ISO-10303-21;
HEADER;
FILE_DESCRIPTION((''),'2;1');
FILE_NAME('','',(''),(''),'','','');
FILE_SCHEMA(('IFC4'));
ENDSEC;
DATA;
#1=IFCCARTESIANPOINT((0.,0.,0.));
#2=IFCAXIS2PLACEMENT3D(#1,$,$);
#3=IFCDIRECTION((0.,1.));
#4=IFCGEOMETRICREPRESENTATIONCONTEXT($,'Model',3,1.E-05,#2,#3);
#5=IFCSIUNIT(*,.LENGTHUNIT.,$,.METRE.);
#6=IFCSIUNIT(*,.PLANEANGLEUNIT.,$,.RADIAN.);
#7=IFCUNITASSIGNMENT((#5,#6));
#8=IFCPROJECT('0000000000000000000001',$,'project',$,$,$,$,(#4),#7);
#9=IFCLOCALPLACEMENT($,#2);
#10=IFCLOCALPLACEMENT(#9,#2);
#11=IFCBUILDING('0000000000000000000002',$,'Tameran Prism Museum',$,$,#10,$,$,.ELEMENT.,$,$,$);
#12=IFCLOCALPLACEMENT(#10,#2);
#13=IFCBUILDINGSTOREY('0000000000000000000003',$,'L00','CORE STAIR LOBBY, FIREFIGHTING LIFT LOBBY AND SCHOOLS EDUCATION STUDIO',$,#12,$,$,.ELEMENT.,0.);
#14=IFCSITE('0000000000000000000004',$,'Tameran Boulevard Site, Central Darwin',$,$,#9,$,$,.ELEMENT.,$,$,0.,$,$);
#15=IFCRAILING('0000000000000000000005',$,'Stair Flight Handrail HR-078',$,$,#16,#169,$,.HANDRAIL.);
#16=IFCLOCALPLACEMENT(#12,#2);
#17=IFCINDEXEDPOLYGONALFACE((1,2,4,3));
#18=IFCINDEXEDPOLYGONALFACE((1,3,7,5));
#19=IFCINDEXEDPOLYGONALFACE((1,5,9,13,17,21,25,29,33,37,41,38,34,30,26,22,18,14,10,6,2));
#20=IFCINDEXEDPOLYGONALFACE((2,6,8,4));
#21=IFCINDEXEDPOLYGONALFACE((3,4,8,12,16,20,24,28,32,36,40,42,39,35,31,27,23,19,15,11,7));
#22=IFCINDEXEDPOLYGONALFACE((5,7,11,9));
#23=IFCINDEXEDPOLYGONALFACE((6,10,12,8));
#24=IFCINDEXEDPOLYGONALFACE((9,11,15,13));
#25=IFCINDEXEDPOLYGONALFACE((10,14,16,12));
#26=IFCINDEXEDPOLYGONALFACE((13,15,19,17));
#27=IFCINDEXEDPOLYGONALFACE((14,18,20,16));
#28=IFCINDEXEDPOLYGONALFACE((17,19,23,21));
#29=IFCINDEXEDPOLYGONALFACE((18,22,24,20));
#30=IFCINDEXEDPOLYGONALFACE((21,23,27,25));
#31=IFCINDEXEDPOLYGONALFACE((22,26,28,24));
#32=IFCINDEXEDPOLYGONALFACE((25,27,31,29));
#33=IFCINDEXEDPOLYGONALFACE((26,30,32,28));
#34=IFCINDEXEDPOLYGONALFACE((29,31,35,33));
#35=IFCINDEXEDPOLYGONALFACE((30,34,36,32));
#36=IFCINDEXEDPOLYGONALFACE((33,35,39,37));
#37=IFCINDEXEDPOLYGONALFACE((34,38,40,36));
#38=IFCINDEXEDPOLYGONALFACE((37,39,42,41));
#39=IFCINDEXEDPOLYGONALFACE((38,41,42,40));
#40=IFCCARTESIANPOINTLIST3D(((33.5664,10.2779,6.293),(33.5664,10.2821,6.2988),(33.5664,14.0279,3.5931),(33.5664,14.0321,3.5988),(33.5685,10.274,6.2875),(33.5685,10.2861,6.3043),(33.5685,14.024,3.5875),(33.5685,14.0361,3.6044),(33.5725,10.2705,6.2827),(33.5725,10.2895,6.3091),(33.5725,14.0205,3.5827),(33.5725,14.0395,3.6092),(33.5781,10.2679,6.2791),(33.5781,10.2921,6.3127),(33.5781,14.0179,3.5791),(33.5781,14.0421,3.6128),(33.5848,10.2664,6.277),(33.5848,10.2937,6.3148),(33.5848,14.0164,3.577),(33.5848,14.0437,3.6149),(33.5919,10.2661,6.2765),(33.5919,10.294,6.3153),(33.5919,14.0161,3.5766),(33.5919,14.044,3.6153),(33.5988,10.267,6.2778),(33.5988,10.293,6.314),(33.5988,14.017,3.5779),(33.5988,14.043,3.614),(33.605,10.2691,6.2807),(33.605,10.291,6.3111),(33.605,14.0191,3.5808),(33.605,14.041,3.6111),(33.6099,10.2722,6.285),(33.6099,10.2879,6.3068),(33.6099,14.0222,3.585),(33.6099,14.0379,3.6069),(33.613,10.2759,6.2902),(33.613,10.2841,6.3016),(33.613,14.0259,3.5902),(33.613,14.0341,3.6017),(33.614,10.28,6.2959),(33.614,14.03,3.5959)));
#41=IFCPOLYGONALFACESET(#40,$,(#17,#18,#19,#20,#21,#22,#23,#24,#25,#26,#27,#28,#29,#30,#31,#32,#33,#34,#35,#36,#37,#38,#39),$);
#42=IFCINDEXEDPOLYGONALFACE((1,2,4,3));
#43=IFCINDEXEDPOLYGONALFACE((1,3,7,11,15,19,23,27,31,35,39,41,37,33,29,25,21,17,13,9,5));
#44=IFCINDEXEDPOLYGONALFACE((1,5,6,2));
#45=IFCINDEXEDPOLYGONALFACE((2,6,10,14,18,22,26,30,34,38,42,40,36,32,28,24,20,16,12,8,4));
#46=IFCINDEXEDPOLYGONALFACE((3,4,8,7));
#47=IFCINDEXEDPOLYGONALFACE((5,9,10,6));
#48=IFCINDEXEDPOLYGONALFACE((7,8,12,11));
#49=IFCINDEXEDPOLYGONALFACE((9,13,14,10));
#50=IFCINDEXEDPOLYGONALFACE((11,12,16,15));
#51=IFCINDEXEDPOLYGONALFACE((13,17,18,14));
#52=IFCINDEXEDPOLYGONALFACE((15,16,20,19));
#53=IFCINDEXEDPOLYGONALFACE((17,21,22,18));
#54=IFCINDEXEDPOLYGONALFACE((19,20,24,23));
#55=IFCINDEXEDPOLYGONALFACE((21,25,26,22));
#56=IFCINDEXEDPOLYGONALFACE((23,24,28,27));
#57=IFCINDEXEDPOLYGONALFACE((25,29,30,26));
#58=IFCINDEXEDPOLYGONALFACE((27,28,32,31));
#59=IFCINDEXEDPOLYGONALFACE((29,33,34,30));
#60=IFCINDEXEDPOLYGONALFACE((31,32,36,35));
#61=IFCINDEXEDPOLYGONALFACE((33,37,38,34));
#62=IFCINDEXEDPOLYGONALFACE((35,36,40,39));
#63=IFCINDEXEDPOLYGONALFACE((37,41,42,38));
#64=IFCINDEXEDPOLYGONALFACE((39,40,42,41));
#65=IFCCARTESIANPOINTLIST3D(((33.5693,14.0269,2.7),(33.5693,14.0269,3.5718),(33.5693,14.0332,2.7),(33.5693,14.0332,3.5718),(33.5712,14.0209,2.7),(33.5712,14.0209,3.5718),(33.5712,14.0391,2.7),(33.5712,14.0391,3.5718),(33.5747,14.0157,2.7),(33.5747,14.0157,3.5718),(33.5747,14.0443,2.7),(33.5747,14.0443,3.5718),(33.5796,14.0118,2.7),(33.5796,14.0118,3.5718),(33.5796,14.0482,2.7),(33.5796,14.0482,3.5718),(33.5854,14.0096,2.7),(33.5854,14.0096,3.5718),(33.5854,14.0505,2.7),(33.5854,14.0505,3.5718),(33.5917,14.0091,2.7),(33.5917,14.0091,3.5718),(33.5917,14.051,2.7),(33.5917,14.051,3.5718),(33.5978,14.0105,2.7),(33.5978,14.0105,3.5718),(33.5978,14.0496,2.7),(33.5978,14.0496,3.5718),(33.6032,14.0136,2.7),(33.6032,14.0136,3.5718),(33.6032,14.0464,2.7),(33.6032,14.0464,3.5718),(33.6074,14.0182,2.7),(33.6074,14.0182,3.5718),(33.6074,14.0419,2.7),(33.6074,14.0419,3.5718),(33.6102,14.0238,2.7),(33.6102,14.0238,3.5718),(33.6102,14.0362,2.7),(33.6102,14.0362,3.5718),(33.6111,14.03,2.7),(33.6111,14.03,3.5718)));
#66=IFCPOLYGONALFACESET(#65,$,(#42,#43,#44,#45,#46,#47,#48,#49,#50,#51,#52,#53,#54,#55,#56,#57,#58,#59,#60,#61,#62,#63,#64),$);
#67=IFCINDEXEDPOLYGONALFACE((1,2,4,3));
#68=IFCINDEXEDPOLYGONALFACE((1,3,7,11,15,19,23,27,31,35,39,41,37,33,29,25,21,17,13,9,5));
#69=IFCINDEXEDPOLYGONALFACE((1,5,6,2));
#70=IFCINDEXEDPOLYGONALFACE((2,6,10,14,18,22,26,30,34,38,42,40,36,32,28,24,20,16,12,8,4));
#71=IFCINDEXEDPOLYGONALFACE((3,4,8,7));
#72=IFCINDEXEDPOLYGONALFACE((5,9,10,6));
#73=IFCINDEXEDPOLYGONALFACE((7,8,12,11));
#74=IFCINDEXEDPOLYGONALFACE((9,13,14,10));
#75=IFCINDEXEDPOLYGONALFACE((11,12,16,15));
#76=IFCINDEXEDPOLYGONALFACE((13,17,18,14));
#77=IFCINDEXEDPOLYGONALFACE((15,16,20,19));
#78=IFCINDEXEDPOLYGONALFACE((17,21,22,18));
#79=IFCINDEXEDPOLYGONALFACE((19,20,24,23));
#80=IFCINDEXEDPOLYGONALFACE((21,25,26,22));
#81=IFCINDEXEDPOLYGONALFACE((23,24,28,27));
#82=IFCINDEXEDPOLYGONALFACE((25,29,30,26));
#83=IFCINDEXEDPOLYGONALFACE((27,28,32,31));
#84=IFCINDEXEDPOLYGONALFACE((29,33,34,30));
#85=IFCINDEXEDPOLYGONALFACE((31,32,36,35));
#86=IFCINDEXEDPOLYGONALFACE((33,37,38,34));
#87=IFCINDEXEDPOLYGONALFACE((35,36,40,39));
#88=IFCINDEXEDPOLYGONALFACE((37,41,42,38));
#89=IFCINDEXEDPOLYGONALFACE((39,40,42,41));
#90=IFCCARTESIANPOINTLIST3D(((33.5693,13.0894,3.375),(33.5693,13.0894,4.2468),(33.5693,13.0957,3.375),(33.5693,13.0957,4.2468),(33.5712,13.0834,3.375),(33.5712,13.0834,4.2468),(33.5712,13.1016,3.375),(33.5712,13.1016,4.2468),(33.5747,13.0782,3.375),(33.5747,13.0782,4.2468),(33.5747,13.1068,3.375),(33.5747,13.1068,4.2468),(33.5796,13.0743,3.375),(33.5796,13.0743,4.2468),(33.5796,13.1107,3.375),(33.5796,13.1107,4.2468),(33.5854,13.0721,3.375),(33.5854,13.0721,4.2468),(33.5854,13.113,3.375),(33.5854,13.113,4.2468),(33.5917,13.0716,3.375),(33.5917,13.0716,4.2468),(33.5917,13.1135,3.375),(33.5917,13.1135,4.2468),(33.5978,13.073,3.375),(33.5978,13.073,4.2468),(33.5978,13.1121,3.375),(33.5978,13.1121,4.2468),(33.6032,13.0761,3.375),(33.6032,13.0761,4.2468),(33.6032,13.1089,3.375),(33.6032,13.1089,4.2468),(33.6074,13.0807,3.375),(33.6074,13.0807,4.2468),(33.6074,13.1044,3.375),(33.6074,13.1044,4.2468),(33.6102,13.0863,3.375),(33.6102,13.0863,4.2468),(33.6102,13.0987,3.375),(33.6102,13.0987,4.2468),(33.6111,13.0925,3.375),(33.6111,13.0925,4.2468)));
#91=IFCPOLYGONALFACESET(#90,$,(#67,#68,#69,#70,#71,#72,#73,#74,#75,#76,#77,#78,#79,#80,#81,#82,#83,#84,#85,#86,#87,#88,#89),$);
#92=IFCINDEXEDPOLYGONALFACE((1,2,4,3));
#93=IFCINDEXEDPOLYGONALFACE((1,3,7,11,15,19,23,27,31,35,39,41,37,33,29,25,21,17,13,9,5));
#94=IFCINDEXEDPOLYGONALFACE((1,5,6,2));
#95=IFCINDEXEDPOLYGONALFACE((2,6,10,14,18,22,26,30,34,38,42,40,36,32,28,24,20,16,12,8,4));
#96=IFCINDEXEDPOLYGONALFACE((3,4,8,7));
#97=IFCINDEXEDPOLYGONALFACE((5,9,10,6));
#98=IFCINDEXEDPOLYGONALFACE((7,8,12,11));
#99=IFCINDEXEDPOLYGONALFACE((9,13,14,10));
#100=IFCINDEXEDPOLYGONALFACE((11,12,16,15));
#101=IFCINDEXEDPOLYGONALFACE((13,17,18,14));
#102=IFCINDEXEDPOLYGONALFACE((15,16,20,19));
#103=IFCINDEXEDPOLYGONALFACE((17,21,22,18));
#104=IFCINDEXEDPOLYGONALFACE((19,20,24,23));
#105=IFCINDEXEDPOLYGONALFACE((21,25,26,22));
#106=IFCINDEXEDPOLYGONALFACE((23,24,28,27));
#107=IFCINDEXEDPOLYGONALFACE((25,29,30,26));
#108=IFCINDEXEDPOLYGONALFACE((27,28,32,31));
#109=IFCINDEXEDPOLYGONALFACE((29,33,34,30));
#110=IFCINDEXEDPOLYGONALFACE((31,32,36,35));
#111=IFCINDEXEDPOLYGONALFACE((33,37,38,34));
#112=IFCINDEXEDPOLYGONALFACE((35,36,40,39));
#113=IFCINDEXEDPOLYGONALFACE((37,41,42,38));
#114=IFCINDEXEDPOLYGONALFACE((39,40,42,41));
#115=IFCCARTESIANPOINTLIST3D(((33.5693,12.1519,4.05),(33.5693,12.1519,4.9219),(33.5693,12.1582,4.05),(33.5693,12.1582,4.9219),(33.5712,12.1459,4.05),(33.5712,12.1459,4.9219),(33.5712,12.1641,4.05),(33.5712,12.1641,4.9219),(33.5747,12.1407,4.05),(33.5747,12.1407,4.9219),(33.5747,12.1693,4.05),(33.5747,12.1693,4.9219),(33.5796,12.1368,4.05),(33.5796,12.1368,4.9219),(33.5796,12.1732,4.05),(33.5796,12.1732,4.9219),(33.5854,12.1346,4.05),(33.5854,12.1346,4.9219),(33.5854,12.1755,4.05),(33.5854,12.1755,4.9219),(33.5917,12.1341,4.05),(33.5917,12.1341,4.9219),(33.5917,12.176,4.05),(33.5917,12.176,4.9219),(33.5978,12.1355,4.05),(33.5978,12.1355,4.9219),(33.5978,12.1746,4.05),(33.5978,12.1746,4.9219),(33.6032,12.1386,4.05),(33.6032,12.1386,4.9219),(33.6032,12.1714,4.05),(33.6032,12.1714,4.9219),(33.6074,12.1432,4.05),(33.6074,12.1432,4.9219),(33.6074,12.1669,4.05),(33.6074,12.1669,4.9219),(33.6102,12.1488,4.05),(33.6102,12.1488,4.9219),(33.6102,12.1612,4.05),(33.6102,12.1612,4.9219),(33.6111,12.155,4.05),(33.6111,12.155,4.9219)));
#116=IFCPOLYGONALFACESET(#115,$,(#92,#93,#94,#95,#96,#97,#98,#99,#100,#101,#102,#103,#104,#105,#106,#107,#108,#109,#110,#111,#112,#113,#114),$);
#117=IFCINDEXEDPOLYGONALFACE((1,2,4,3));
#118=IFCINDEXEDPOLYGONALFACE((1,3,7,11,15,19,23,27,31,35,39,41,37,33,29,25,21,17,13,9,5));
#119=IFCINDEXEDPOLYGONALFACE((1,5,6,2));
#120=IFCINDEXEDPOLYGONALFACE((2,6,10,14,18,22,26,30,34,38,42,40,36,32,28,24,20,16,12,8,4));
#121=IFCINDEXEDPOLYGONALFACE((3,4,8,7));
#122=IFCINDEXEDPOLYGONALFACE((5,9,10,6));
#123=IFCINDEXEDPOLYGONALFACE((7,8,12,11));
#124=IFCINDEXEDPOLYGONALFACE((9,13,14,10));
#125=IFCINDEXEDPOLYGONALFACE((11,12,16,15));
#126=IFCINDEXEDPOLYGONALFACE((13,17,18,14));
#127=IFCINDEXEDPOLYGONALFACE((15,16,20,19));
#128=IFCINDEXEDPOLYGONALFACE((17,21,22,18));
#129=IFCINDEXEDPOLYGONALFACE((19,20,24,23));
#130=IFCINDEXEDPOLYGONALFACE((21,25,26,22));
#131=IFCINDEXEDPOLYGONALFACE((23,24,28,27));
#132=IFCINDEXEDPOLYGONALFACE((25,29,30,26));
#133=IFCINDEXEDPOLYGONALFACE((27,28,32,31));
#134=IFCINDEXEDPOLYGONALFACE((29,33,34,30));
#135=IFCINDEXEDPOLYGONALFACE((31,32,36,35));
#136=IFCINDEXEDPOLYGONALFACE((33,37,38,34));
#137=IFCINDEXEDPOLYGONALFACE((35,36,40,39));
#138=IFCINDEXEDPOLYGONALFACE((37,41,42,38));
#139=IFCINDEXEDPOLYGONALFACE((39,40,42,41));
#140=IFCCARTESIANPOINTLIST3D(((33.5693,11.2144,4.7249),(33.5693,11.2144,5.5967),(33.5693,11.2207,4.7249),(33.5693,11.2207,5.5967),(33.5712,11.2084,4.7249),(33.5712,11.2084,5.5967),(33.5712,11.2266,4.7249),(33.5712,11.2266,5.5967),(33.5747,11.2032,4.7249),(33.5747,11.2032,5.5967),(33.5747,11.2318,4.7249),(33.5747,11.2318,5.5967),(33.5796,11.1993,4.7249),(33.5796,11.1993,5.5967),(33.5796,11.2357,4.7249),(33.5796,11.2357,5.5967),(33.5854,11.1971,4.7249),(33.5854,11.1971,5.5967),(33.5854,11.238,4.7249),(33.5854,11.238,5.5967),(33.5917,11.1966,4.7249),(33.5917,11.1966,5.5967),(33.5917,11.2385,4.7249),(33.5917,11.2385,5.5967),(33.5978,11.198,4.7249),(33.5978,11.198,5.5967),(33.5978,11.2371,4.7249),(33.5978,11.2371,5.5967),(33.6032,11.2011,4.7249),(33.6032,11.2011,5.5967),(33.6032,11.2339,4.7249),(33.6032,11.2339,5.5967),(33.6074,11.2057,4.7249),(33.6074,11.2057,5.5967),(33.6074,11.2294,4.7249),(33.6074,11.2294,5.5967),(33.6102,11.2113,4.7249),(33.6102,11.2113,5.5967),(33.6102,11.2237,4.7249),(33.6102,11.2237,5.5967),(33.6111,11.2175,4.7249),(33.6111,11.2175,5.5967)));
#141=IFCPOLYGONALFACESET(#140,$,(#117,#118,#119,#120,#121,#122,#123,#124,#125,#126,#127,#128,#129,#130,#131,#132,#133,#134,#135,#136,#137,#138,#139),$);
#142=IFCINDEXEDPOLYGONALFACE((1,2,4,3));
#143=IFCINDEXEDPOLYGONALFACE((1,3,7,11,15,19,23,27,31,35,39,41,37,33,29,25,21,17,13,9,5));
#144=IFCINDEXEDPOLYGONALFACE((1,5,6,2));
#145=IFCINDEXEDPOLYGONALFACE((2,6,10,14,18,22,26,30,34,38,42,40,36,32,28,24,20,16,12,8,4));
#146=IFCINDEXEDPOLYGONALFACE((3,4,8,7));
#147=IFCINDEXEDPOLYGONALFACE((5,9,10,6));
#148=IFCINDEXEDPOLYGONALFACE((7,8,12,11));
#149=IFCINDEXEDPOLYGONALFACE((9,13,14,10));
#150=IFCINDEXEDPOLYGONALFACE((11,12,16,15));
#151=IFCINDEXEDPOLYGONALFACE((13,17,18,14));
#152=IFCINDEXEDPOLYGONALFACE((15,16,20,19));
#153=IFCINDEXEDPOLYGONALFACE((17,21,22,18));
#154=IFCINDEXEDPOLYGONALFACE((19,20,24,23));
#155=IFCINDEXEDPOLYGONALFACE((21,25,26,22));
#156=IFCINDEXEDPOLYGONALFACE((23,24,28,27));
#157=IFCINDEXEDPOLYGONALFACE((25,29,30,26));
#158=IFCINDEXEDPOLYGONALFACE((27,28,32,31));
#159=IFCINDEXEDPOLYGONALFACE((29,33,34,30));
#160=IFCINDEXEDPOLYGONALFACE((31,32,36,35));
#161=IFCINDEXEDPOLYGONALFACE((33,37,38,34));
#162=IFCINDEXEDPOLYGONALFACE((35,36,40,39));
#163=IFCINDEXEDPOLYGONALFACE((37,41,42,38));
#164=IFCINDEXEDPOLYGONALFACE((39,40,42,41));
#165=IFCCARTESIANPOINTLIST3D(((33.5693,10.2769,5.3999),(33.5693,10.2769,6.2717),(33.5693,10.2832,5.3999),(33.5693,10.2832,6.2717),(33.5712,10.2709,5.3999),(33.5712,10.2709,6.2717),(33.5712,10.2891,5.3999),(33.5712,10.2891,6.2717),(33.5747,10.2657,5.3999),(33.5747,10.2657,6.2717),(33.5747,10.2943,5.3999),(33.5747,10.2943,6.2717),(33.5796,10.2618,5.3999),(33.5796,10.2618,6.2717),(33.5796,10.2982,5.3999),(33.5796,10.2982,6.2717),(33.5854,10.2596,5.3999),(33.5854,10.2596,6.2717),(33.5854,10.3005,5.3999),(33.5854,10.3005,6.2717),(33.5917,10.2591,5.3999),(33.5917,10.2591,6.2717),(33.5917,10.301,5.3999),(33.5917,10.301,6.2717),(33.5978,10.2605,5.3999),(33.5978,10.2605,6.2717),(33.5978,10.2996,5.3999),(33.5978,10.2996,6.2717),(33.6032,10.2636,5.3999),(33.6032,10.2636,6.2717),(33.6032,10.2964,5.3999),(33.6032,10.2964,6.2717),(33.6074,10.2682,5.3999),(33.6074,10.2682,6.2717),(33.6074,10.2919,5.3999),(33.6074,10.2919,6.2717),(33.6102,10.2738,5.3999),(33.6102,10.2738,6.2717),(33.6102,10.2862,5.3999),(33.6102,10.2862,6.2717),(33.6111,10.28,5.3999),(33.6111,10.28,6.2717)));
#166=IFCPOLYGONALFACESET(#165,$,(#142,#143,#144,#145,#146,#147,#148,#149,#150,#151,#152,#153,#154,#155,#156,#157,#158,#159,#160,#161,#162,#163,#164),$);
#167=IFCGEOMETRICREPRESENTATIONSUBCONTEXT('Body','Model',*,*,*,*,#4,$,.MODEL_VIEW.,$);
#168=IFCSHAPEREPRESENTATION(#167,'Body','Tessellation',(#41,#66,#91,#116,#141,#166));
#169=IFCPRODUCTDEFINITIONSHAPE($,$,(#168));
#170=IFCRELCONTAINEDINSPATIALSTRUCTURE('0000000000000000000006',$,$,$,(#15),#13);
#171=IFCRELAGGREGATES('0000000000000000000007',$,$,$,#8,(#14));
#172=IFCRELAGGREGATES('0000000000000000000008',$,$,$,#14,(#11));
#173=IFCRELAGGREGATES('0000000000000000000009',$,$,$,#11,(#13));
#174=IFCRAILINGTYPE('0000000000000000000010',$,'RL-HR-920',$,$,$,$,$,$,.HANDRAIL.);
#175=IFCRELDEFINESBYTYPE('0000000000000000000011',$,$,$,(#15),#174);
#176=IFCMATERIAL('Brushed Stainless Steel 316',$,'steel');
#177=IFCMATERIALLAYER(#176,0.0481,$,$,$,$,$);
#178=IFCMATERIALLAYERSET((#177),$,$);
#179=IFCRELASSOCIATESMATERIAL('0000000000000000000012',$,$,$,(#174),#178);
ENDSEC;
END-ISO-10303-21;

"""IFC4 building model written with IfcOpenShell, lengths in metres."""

from ifc_helpers import new_model, si_unit, direction, frame, origin, origin_2d, place, context, subcontext, project, spatial, circle, extrude, material, layer, layer_set, type_object, element, save


model = new_model("IFC4")

# Units and contexts
model_context = context("Model", 3, precision=1e-05, world=origin(), true_north=direction((0.0, 1.0)))
body_context = subcontext(model_context, "Body", "Model", "MODEL_VIEW")
ifc_project = project(units=[si_unit("LENGTHUNIT", "METRE"), si_unit("PLANEANGLEUNIT", "RADIAN")], contexts=[model_context])

# Site, building, storey
site_placement = place(None, origin())
site = spatial("IfcSite", under=ifc_project, at=site_placement, Name="Tameran Boulevard Site, Central Darwin", CompositionType="ELEMENT", RefElevation=0.0)
building_placement = place(site_placement, origin())
building = spatial("IfcBuilding", under=site, at=building_placement, Name="Tameran Prism Museum", CompositionType="ELEMENT")
storey_placement = place(building_placement, origin())
storey = spatial("IfcBuildingStorey", under=building, at=storey_placement, Name="L00", Description="CORE STAIR LOBBY, FIREFIGHTING LIFT LOBBY AND SCHOOLS EDUCATION STUDIO", CompositionType="ELEMENT", Elevation=0.0)

# Railing
ifc_material_1 = material(Name="Brushed Stainless Steel 316", Category="steel")
ifc_layer_1 = layer(ifc_material_1, 0.0481)
ifc_layer_set_1 = layer_set([ifc_layer_1])
railing_type_1 = type_object("IfcRailingType", Name="RL-HR-920", PredefinedType="HANDRAIL", material=ifc_layer_set_1)
railing_1_placement = place(storey_placement, frame((33.5901, 14.03, 2.7)))
element("IfcRailing", 1, at=railing_1_placement, inside=storey, type_object=railing_type_1, Name="Stair Flight Handrail HR-078", PredefinedType="HANDRAIL", context=body_context, shape_type="SweptSolid", body=[
    extrude(circle(Radius=0.0239, at=origin_2d()), frame((0.0, 0.0, 0.896), z_axis=(0.0, -0.811539, 0.584298), x_axis=(1.0, 0.0, 0.0)), (0.0, 0.0, 1.0), 4.6208),
    extrude(circle(Radius=0.021, at=origin_2d()), origin(), (0.0, 0.0, 1.0), 0.8718),
    extrude(circle(Radius=0.021, at=origin_2d()), frame((0.0, -0.9375, 0.675)), (0.0, 0.0, 1.0), 0.8718),
    extrude(circle(Radius=0.021, at=origin_2d()), frame((0.0, -1.875, 1.3501)), (0.0, 0.0, 1.0), 0.8718),
    extrude(circle(Radius=0.021, at=origin_2d()), frame((0.0, -2.8125, 2.0249)), (0.0, 0.0, 1.0), 0.8718),
    extrude(circle(Radius=0.021, at=origin_2d()), frame((0.0, -3.75, 2.7)), (0.0, 0.0, 1.0), 0.8718),
])

save(model, "model.ifc")
